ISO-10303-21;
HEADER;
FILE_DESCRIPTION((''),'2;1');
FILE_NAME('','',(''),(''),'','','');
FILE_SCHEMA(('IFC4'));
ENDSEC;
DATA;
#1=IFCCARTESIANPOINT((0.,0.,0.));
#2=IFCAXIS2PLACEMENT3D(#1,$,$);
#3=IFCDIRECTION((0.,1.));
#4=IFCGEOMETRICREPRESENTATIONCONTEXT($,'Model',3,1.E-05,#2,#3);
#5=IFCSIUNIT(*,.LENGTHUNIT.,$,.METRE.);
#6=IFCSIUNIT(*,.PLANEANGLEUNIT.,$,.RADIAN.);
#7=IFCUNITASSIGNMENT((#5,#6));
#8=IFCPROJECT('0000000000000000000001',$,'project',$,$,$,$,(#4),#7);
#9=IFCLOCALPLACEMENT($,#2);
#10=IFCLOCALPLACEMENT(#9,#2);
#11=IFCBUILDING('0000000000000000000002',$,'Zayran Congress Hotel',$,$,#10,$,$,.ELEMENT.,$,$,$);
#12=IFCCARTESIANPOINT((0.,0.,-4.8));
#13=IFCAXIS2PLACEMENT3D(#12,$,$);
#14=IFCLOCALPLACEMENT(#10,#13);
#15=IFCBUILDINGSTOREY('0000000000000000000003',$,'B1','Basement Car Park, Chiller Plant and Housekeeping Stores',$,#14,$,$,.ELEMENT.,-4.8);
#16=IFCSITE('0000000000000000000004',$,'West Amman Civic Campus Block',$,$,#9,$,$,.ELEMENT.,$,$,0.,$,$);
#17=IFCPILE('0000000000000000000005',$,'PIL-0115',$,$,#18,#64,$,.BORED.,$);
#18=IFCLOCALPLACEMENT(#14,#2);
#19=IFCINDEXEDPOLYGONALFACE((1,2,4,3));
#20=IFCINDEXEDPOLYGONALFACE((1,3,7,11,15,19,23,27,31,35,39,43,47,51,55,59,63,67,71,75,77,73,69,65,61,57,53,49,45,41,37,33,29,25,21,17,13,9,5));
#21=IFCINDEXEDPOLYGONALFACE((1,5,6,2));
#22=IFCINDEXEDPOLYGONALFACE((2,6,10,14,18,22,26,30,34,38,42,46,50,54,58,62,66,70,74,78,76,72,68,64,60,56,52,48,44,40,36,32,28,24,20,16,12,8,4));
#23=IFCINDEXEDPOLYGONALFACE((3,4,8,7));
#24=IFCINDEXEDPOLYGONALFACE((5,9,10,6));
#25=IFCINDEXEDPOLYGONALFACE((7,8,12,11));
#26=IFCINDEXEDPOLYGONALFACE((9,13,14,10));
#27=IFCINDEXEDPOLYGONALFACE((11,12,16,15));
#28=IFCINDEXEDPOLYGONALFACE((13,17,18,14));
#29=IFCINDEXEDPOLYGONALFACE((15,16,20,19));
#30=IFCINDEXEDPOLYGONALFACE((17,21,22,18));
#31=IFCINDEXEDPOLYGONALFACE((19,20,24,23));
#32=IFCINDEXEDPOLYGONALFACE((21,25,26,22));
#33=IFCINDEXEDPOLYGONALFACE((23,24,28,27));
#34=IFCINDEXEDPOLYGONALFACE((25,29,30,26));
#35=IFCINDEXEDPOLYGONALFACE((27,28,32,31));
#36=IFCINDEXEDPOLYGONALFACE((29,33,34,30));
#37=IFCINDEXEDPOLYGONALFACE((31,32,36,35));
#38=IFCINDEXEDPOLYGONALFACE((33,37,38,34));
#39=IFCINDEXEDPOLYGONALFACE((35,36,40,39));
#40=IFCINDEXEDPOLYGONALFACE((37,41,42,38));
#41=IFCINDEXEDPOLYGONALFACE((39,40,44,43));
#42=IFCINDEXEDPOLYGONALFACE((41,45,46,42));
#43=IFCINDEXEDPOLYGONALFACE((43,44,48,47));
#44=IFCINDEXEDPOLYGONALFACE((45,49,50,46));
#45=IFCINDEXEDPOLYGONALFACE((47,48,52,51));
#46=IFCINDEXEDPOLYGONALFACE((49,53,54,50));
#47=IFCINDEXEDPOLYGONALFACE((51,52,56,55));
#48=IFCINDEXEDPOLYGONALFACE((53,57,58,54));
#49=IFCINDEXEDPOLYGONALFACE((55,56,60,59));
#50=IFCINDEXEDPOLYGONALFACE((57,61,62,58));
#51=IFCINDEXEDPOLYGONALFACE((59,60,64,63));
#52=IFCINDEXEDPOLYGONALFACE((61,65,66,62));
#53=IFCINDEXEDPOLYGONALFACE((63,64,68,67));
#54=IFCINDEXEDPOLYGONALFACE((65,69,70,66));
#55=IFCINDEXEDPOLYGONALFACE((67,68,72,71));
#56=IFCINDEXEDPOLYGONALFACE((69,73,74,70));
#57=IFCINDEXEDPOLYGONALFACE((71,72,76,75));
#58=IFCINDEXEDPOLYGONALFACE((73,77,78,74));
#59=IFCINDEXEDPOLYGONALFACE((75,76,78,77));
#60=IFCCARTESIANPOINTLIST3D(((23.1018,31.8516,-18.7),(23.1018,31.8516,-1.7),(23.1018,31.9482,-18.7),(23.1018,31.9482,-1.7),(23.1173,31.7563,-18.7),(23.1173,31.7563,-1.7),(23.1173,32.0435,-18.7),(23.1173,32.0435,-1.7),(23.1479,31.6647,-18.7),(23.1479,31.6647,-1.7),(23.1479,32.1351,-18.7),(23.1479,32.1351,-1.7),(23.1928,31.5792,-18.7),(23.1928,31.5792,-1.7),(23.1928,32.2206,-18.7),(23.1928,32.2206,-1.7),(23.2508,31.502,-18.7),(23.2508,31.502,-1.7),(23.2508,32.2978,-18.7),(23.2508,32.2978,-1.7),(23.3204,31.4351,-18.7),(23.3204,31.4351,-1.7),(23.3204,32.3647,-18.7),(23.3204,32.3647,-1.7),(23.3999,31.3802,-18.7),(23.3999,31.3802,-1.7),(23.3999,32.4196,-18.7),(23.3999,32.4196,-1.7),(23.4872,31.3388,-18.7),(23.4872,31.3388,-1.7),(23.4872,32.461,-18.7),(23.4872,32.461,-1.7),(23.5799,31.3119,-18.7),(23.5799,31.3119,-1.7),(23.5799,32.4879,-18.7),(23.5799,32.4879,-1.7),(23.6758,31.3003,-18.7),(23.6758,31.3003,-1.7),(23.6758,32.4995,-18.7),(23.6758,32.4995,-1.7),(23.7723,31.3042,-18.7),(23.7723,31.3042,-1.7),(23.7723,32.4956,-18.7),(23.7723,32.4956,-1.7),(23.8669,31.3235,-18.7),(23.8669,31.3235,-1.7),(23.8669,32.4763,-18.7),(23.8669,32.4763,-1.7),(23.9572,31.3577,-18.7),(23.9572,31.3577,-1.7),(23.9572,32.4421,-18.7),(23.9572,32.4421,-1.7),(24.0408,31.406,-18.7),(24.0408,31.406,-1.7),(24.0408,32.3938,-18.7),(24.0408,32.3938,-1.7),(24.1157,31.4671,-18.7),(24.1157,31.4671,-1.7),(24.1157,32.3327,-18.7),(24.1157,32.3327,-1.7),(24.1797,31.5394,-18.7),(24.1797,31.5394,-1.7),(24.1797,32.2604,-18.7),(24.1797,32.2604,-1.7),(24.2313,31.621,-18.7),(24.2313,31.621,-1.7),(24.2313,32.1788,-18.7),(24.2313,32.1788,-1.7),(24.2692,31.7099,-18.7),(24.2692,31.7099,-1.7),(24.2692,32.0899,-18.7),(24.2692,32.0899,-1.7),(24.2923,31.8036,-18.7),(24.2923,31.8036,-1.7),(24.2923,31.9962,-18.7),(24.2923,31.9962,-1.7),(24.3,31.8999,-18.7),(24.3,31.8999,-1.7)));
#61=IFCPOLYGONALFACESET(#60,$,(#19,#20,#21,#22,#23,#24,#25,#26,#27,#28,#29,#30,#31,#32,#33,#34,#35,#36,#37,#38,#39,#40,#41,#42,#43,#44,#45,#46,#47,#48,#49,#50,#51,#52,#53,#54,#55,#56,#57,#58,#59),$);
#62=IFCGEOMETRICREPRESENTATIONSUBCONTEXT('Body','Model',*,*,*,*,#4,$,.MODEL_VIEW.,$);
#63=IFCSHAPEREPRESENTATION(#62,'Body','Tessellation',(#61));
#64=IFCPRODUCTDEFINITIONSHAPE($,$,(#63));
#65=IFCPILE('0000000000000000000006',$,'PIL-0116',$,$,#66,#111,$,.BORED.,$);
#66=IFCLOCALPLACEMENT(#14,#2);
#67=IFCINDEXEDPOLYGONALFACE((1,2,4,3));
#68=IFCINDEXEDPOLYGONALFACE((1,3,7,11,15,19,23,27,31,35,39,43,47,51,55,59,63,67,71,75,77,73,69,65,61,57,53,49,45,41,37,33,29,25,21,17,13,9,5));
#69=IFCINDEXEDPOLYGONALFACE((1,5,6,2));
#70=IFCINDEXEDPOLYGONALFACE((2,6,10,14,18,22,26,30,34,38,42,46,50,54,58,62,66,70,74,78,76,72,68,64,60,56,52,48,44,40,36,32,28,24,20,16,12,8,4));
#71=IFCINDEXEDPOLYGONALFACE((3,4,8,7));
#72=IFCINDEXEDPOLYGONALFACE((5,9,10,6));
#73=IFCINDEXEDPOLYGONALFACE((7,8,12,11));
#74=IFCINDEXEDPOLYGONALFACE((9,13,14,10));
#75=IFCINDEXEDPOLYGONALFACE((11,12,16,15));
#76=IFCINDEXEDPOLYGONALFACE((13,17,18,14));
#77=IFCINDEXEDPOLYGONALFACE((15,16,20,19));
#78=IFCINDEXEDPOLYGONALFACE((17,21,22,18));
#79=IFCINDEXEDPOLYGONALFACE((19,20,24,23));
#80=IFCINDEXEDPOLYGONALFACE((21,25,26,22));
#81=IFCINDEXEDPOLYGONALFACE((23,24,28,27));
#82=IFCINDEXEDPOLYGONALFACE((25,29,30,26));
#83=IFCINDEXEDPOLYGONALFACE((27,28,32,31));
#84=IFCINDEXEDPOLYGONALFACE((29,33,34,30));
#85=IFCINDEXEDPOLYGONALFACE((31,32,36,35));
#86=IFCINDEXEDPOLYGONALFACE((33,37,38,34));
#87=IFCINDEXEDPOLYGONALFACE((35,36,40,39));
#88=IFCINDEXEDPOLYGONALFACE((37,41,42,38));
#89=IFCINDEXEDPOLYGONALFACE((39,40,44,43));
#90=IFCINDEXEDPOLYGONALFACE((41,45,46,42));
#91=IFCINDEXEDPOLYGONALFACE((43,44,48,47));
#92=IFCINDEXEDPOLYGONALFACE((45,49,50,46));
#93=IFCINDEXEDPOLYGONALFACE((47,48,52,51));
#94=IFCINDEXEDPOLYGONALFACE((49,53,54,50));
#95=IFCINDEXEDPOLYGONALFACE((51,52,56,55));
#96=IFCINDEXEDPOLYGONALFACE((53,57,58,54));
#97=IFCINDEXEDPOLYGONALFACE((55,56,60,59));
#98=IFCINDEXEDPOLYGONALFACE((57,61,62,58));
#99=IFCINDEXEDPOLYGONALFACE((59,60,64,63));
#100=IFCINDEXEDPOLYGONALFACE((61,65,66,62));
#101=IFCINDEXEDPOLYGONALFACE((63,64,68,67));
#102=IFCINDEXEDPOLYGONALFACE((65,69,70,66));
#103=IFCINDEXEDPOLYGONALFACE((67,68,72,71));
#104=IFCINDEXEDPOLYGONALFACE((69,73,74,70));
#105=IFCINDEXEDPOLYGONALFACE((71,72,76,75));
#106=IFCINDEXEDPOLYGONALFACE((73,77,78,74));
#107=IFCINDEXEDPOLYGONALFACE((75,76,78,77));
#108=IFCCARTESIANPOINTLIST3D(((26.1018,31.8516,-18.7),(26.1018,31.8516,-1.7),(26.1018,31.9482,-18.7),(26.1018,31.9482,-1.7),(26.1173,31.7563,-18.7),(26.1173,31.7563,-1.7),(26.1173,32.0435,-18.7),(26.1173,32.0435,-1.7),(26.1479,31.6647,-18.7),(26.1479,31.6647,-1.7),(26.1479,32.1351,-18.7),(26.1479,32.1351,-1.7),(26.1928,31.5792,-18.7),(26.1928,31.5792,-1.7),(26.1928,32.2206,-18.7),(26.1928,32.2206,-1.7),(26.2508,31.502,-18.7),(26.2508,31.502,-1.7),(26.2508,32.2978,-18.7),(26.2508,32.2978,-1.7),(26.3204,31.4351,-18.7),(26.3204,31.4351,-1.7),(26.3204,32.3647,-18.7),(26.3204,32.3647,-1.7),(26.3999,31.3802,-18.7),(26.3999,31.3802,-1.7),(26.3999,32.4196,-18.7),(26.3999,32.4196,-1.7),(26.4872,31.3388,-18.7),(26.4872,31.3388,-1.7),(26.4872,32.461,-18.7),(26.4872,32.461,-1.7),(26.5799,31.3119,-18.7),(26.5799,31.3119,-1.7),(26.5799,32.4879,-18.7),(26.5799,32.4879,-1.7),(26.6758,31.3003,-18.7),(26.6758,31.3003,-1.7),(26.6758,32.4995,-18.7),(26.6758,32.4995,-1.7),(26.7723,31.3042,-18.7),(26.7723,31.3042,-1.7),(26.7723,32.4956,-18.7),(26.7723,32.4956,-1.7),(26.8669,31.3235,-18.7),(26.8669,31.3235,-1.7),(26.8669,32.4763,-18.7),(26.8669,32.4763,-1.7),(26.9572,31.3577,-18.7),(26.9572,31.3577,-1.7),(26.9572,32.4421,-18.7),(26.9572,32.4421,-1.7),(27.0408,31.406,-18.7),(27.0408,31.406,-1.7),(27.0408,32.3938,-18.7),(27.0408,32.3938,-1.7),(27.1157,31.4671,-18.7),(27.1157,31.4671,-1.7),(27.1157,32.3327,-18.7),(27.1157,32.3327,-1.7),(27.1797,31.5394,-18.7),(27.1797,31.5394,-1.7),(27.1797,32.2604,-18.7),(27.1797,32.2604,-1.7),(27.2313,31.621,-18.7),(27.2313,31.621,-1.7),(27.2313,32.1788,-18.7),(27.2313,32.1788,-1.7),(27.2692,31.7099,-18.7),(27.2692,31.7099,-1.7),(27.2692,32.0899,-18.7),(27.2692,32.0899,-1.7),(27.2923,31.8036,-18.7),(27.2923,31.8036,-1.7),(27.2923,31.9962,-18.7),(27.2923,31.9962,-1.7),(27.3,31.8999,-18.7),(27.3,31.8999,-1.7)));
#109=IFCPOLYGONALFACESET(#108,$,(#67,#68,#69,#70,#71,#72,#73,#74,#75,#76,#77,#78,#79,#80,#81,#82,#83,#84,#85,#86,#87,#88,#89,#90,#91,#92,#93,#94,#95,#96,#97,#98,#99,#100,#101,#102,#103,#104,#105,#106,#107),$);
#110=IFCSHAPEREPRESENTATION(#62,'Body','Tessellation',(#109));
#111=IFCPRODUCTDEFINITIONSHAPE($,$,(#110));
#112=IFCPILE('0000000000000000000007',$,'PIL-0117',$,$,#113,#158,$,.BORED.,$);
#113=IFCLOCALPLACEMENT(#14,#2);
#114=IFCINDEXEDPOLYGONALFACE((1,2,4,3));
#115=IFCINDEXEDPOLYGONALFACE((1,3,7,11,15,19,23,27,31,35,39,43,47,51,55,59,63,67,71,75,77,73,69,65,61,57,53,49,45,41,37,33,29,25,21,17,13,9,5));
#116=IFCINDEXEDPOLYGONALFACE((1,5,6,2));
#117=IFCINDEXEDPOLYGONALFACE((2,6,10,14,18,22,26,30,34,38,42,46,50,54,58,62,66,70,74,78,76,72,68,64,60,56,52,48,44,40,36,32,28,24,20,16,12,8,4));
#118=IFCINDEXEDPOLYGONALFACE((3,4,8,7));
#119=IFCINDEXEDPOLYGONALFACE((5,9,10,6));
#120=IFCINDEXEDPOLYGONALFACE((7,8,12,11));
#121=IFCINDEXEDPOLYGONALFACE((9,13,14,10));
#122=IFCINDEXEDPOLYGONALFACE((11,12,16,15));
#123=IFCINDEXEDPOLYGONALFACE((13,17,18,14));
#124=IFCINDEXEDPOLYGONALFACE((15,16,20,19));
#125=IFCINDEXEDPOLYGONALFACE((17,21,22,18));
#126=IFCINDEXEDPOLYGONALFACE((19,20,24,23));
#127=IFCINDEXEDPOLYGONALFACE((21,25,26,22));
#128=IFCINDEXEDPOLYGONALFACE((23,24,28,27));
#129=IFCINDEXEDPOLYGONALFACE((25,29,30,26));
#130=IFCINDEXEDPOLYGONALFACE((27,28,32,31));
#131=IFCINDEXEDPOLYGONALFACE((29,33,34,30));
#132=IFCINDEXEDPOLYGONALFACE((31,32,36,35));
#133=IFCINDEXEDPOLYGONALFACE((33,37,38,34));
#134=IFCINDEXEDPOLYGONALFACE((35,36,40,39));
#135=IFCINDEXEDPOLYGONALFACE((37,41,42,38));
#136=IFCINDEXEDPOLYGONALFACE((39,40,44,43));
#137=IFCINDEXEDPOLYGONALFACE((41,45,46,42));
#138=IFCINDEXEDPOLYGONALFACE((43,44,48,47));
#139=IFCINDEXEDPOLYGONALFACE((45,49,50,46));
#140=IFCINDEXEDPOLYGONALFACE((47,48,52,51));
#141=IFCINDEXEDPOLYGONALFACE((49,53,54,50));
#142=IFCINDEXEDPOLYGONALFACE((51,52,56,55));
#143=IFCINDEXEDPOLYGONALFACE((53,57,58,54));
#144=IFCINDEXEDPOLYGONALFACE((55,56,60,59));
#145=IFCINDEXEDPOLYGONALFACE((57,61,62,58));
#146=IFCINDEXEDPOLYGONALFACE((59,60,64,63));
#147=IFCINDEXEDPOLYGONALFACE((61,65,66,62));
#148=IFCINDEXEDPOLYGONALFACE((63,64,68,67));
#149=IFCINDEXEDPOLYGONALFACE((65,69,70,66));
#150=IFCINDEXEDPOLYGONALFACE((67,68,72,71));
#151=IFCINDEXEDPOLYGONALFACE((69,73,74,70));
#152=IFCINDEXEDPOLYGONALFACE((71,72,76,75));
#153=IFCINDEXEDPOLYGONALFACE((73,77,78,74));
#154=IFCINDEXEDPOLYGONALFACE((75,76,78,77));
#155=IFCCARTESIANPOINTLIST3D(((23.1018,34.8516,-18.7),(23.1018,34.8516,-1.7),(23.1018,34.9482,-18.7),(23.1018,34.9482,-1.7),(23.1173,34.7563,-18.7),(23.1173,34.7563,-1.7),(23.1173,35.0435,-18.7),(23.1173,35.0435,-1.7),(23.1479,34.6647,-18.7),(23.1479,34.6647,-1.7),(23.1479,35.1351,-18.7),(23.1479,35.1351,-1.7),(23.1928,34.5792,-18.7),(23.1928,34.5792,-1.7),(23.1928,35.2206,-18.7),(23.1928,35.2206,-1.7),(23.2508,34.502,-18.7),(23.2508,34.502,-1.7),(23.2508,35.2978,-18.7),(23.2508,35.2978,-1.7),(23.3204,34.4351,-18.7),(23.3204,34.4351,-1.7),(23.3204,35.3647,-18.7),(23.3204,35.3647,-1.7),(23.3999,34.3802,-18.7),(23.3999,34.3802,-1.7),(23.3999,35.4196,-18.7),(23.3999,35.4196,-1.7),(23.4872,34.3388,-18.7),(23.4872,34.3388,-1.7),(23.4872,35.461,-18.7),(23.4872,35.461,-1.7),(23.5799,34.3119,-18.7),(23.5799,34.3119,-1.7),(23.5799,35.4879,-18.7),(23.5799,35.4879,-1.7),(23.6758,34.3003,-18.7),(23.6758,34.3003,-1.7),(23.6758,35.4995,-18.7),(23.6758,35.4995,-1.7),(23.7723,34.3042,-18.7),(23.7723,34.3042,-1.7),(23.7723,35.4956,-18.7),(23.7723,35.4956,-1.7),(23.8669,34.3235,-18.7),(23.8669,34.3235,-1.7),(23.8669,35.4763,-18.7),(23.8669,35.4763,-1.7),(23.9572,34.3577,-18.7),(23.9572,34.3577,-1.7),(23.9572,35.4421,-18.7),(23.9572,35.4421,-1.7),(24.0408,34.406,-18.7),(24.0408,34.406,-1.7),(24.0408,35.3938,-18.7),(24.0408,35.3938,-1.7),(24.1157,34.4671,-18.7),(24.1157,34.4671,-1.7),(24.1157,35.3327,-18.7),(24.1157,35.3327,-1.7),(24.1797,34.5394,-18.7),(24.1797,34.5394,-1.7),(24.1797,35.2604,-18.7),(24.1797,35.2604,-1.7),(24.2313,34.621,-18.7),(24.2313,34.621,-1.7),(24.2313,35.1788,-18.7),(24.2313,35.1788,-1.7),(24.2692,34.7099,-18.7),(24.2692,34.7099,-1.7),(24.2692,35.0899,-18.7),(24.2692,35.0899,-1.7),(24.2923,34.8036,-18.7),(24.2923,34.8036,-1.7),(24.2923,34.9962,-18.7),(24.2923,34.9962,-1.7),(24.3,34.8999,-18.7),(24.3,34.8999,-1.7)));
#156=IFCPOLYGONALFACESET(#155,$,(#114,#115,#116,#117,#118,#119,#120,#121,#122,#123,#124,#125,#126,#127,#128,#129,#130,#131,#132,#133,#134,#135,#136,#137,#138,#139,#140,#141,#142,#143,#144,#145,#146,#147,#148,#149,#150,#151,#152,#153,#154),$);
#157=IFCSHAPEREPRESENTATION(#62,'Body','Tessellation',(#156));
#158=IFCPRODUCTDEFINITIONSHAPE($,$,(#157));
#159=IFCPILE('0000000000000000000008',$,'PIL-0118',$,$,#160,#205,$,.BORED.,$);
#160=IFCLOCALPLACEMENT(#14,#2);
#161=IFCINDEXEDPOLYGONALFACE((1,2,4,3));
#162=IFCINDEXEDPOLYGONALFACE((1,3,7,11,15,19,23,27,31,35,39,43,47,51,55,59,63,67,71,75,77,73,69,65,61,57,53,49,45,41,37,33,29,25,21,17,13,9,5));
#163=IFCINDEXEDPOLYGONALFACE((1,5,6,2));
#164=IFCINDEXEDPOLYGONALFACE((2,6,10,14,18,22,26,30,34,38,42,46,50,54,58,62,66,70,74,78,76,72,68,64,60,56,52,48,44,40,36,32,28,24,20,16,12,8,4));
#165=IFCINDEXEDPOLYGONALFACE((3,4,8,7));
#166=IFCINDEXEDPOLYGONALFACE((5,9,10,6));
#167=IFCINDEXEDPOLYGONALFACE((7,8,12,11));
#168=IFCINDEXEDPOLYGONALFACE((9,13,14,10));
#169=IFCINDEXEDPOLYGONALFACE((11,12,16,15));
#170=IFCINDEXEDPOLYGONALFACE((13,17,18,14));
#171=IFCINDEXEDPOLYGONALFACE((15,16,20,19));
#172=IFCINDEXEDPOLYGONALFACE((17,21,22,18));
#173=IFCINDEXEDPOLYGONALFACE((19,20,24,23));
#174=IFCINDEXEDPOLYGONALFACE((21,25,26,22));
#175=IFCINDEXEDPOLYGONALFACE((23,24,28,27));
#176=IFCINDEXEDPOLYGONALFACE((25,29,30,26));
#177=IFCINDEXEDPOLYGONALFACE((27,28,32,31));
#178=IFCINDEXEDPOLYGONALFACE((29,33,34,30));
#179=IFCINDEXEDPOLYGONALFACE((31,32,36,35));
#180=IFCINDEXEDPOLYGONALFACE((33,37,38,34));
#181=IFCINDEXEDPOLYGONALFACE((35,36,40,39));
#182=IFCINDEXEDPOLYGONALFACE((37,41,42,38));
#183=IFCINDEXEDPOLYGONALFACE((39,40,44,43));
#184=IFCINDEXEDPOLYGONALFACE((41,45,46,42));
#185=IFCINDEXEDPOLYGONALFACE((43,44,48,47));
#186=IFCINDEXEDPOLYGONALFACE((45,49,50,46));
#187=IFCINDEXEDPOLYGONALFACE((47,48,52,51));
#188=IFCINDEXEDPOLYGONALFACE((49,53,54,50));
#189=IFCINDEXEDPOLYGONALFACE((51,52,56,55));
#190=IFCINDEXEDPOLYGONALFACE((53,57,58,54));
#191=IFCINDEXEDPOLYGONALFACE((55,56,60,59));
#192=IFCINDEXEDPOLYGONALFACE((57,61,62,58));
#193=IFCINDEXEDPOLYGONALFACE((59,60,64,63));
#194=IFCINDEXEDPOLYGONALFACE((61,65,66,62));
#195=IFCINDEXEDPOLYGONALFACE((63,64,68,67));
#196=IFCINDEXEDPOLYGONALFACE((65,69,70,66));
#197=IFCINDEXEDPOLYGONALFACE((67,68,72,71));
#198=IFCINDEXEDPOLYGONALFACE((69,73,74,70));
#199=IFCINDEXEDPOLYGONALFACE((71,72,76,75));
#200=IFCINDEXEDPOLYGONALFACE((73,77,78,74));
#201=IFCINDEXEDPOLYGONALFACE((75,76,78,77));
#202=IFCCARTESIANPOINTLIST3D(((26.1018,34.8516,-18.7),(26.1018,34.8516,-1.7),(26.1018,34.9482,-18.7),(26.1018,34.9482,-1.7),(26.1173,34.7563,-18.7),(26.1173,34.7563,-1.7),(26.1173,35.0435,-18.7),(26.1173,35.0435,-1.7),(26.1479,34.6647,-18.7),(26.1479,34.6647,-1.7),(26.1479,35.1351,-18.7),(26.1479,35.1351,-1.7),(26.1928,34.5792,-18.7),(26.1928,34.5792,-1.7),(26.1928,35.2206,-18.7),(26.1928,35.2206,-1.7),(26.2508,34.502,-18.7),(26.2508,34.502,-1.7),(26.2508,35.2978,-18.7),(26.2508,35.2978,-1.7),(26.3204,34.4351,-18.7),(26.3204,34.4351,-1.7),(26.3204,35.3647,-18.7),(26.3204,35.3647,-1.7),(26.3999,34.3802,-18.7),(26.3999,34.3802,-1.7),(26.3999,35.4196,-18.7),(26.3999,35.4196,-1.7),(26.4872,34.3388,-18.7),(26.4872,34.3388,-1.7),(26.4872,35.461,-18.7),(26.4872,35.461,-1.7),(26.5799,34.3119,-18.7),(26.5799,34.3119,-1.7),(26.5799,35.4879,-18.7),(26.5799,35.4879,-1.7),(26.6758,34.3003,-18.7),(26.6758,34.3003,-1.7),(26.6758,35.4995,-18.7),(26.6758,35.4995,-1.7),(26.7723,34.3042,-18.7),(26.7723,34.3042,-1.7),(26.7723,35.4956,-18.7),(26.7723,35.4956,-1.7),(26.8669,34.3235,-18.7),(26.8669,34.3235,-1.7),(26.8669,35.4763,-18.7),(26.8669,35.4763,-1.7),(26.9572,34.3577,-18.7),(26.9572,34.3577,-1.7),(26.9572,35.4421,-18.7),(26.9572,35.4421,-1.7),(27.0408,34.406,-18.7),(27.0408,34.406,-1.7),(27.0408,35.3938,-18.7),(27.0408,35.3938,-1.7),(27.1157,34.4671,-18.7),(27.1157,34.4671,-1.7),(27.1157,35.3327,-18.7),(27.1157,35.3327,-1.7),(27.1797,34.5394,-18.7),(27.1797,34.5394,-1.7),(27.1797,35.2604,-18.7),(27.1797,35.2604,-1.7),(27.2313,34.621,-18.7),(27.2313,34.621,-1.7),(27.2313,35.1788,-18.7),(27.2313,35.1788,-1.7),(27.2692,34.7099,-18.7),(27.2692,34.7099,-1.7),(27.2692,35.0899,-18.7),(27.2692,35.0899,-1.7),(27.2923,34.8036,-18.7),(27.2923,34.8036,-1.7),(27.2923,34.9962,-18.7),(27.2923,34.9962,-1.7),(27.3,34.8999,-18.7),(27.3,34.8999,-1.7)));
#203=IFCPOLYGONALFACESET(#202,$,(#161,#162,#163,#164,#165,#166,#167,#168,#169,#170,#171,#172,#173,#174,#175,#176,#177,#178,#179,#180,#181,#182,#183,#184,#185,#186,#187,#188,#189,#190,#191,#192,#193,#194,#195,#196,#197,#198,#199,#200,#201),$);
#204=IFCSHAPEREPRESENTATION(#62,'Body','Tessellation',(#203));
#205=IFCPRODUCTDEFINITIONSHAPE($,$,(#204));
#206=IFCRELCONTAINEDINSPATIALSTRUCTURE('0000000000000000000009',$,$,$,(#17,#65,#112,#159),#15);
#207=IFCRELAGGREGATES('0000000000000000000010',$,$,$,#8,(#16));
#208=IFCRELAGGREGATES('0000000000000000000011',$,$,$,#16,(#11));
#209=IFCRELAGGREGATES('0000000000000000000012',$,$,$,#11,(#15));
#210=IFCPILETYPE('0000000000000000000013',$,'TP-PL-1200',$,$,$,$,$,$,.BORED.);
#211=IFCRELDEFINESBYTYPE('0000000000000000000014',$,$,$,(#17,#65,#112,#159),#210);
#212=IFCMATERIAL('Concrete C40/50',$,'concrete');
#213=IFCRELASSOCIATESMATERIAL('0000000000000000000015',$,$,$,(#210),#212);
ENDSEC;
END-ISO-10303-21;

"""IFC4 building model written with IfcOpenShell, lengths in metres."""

from ifc_helpers import new_model, si_unit, direction, frame, origin, origin_2d, place, context, subcontext, project, spatial, circle, extrude, material, material_profile, profile_set, type_object, element, save


model = new_model("IFC4")

# Units and contexts
model_context = context("Model", 3, precision=1e-05, world=origin(), true_north=direction((0.0, 1.0)))
body_context = subcontext(model_context, "Body", "Model", "MODEL_VIEW")
ifc_project = project(units=[si_unit("LENGTHUNIT", "METRE"), si_unit("PLANEANGLEUNIT", "RADIAN")], contexts=[model_context])

# Site, building, storey
site_placement = place(None, origin())
site = spatial("IfcSite", under=ifc_project, at=site_placement, Name="West Amman Civic Campus Block", CompositionType="ELEMENT", RefElevation=0.0)
building_placement = place(site_placement, origin())
building = spatial("IfcBuilding", under=site, at=building_placement, Name="Zayran Congress Hotel", CompositionType="ELEMENT")
storey_placement = place(building_placement, frame((0.0, 0.0, -4.8)))
storey = spatial("IfcBuildingStorey", under=building, at=storey_placement, Name="B1", Description="Basement Car Park, Chiller Plant and Housekeeping Stores", CompositionType="ELEMENT", Elevation=-4.8)

# Piles
ifc_material = material(Name="Concrete C40/50", Category="concrete")
ifc_material_profile_1 = material_profile(ifc_material, circle(Radius=0.6001, at=origin_2d()), Name="PILE D1200")
ifc_profile_set_1 = profile_set([ifc_material_profile_1], Name="Concrete C40/50")
pile_type_1 = type_object("IfcPileType", Name="TP-PL-1200", PredefinedType="BORED", material=ifc_profile_set_1)
for number, where, z_axis, x_axis, name in (
    (1, (23.7, 31.8999, -1.7), (0.0, 0.0, -1.0), (1.0, 0.0, 0.0), "PIL-0115"),
    (2, (26.7, 31.8999, -1.7), (0.0, 0.0, -1.0), (1.0, 0.0, 0.0), "PIL-0116"),
    (3, (23.7, 34.8999, -1.7), (0.0, 0.0, -1.0), (1.0, 0.0, 0.0), "PIL-0117"),
    (4, (26.7, 34.8999, -1.7), (0.0, 0.0, -1.0), (1.0, 0.0, 0.0), "PIL-0118"),
):
    element("IfcPile", number, at=place(storey_placement, frame(where, z_axis=z_axis, x_axis=x_axis)), inside=storey, type_object=pile_type_1, Name=name, PredefinedType="BORED", context=body_context, shape_type="SweptSolid", body=[
        extrude(circle(Radius=0.6001, at=origin_2d()), origin(), (0.0, 0.0, 1.0), 17.0),
    ])

save(model, "model.ifc")
